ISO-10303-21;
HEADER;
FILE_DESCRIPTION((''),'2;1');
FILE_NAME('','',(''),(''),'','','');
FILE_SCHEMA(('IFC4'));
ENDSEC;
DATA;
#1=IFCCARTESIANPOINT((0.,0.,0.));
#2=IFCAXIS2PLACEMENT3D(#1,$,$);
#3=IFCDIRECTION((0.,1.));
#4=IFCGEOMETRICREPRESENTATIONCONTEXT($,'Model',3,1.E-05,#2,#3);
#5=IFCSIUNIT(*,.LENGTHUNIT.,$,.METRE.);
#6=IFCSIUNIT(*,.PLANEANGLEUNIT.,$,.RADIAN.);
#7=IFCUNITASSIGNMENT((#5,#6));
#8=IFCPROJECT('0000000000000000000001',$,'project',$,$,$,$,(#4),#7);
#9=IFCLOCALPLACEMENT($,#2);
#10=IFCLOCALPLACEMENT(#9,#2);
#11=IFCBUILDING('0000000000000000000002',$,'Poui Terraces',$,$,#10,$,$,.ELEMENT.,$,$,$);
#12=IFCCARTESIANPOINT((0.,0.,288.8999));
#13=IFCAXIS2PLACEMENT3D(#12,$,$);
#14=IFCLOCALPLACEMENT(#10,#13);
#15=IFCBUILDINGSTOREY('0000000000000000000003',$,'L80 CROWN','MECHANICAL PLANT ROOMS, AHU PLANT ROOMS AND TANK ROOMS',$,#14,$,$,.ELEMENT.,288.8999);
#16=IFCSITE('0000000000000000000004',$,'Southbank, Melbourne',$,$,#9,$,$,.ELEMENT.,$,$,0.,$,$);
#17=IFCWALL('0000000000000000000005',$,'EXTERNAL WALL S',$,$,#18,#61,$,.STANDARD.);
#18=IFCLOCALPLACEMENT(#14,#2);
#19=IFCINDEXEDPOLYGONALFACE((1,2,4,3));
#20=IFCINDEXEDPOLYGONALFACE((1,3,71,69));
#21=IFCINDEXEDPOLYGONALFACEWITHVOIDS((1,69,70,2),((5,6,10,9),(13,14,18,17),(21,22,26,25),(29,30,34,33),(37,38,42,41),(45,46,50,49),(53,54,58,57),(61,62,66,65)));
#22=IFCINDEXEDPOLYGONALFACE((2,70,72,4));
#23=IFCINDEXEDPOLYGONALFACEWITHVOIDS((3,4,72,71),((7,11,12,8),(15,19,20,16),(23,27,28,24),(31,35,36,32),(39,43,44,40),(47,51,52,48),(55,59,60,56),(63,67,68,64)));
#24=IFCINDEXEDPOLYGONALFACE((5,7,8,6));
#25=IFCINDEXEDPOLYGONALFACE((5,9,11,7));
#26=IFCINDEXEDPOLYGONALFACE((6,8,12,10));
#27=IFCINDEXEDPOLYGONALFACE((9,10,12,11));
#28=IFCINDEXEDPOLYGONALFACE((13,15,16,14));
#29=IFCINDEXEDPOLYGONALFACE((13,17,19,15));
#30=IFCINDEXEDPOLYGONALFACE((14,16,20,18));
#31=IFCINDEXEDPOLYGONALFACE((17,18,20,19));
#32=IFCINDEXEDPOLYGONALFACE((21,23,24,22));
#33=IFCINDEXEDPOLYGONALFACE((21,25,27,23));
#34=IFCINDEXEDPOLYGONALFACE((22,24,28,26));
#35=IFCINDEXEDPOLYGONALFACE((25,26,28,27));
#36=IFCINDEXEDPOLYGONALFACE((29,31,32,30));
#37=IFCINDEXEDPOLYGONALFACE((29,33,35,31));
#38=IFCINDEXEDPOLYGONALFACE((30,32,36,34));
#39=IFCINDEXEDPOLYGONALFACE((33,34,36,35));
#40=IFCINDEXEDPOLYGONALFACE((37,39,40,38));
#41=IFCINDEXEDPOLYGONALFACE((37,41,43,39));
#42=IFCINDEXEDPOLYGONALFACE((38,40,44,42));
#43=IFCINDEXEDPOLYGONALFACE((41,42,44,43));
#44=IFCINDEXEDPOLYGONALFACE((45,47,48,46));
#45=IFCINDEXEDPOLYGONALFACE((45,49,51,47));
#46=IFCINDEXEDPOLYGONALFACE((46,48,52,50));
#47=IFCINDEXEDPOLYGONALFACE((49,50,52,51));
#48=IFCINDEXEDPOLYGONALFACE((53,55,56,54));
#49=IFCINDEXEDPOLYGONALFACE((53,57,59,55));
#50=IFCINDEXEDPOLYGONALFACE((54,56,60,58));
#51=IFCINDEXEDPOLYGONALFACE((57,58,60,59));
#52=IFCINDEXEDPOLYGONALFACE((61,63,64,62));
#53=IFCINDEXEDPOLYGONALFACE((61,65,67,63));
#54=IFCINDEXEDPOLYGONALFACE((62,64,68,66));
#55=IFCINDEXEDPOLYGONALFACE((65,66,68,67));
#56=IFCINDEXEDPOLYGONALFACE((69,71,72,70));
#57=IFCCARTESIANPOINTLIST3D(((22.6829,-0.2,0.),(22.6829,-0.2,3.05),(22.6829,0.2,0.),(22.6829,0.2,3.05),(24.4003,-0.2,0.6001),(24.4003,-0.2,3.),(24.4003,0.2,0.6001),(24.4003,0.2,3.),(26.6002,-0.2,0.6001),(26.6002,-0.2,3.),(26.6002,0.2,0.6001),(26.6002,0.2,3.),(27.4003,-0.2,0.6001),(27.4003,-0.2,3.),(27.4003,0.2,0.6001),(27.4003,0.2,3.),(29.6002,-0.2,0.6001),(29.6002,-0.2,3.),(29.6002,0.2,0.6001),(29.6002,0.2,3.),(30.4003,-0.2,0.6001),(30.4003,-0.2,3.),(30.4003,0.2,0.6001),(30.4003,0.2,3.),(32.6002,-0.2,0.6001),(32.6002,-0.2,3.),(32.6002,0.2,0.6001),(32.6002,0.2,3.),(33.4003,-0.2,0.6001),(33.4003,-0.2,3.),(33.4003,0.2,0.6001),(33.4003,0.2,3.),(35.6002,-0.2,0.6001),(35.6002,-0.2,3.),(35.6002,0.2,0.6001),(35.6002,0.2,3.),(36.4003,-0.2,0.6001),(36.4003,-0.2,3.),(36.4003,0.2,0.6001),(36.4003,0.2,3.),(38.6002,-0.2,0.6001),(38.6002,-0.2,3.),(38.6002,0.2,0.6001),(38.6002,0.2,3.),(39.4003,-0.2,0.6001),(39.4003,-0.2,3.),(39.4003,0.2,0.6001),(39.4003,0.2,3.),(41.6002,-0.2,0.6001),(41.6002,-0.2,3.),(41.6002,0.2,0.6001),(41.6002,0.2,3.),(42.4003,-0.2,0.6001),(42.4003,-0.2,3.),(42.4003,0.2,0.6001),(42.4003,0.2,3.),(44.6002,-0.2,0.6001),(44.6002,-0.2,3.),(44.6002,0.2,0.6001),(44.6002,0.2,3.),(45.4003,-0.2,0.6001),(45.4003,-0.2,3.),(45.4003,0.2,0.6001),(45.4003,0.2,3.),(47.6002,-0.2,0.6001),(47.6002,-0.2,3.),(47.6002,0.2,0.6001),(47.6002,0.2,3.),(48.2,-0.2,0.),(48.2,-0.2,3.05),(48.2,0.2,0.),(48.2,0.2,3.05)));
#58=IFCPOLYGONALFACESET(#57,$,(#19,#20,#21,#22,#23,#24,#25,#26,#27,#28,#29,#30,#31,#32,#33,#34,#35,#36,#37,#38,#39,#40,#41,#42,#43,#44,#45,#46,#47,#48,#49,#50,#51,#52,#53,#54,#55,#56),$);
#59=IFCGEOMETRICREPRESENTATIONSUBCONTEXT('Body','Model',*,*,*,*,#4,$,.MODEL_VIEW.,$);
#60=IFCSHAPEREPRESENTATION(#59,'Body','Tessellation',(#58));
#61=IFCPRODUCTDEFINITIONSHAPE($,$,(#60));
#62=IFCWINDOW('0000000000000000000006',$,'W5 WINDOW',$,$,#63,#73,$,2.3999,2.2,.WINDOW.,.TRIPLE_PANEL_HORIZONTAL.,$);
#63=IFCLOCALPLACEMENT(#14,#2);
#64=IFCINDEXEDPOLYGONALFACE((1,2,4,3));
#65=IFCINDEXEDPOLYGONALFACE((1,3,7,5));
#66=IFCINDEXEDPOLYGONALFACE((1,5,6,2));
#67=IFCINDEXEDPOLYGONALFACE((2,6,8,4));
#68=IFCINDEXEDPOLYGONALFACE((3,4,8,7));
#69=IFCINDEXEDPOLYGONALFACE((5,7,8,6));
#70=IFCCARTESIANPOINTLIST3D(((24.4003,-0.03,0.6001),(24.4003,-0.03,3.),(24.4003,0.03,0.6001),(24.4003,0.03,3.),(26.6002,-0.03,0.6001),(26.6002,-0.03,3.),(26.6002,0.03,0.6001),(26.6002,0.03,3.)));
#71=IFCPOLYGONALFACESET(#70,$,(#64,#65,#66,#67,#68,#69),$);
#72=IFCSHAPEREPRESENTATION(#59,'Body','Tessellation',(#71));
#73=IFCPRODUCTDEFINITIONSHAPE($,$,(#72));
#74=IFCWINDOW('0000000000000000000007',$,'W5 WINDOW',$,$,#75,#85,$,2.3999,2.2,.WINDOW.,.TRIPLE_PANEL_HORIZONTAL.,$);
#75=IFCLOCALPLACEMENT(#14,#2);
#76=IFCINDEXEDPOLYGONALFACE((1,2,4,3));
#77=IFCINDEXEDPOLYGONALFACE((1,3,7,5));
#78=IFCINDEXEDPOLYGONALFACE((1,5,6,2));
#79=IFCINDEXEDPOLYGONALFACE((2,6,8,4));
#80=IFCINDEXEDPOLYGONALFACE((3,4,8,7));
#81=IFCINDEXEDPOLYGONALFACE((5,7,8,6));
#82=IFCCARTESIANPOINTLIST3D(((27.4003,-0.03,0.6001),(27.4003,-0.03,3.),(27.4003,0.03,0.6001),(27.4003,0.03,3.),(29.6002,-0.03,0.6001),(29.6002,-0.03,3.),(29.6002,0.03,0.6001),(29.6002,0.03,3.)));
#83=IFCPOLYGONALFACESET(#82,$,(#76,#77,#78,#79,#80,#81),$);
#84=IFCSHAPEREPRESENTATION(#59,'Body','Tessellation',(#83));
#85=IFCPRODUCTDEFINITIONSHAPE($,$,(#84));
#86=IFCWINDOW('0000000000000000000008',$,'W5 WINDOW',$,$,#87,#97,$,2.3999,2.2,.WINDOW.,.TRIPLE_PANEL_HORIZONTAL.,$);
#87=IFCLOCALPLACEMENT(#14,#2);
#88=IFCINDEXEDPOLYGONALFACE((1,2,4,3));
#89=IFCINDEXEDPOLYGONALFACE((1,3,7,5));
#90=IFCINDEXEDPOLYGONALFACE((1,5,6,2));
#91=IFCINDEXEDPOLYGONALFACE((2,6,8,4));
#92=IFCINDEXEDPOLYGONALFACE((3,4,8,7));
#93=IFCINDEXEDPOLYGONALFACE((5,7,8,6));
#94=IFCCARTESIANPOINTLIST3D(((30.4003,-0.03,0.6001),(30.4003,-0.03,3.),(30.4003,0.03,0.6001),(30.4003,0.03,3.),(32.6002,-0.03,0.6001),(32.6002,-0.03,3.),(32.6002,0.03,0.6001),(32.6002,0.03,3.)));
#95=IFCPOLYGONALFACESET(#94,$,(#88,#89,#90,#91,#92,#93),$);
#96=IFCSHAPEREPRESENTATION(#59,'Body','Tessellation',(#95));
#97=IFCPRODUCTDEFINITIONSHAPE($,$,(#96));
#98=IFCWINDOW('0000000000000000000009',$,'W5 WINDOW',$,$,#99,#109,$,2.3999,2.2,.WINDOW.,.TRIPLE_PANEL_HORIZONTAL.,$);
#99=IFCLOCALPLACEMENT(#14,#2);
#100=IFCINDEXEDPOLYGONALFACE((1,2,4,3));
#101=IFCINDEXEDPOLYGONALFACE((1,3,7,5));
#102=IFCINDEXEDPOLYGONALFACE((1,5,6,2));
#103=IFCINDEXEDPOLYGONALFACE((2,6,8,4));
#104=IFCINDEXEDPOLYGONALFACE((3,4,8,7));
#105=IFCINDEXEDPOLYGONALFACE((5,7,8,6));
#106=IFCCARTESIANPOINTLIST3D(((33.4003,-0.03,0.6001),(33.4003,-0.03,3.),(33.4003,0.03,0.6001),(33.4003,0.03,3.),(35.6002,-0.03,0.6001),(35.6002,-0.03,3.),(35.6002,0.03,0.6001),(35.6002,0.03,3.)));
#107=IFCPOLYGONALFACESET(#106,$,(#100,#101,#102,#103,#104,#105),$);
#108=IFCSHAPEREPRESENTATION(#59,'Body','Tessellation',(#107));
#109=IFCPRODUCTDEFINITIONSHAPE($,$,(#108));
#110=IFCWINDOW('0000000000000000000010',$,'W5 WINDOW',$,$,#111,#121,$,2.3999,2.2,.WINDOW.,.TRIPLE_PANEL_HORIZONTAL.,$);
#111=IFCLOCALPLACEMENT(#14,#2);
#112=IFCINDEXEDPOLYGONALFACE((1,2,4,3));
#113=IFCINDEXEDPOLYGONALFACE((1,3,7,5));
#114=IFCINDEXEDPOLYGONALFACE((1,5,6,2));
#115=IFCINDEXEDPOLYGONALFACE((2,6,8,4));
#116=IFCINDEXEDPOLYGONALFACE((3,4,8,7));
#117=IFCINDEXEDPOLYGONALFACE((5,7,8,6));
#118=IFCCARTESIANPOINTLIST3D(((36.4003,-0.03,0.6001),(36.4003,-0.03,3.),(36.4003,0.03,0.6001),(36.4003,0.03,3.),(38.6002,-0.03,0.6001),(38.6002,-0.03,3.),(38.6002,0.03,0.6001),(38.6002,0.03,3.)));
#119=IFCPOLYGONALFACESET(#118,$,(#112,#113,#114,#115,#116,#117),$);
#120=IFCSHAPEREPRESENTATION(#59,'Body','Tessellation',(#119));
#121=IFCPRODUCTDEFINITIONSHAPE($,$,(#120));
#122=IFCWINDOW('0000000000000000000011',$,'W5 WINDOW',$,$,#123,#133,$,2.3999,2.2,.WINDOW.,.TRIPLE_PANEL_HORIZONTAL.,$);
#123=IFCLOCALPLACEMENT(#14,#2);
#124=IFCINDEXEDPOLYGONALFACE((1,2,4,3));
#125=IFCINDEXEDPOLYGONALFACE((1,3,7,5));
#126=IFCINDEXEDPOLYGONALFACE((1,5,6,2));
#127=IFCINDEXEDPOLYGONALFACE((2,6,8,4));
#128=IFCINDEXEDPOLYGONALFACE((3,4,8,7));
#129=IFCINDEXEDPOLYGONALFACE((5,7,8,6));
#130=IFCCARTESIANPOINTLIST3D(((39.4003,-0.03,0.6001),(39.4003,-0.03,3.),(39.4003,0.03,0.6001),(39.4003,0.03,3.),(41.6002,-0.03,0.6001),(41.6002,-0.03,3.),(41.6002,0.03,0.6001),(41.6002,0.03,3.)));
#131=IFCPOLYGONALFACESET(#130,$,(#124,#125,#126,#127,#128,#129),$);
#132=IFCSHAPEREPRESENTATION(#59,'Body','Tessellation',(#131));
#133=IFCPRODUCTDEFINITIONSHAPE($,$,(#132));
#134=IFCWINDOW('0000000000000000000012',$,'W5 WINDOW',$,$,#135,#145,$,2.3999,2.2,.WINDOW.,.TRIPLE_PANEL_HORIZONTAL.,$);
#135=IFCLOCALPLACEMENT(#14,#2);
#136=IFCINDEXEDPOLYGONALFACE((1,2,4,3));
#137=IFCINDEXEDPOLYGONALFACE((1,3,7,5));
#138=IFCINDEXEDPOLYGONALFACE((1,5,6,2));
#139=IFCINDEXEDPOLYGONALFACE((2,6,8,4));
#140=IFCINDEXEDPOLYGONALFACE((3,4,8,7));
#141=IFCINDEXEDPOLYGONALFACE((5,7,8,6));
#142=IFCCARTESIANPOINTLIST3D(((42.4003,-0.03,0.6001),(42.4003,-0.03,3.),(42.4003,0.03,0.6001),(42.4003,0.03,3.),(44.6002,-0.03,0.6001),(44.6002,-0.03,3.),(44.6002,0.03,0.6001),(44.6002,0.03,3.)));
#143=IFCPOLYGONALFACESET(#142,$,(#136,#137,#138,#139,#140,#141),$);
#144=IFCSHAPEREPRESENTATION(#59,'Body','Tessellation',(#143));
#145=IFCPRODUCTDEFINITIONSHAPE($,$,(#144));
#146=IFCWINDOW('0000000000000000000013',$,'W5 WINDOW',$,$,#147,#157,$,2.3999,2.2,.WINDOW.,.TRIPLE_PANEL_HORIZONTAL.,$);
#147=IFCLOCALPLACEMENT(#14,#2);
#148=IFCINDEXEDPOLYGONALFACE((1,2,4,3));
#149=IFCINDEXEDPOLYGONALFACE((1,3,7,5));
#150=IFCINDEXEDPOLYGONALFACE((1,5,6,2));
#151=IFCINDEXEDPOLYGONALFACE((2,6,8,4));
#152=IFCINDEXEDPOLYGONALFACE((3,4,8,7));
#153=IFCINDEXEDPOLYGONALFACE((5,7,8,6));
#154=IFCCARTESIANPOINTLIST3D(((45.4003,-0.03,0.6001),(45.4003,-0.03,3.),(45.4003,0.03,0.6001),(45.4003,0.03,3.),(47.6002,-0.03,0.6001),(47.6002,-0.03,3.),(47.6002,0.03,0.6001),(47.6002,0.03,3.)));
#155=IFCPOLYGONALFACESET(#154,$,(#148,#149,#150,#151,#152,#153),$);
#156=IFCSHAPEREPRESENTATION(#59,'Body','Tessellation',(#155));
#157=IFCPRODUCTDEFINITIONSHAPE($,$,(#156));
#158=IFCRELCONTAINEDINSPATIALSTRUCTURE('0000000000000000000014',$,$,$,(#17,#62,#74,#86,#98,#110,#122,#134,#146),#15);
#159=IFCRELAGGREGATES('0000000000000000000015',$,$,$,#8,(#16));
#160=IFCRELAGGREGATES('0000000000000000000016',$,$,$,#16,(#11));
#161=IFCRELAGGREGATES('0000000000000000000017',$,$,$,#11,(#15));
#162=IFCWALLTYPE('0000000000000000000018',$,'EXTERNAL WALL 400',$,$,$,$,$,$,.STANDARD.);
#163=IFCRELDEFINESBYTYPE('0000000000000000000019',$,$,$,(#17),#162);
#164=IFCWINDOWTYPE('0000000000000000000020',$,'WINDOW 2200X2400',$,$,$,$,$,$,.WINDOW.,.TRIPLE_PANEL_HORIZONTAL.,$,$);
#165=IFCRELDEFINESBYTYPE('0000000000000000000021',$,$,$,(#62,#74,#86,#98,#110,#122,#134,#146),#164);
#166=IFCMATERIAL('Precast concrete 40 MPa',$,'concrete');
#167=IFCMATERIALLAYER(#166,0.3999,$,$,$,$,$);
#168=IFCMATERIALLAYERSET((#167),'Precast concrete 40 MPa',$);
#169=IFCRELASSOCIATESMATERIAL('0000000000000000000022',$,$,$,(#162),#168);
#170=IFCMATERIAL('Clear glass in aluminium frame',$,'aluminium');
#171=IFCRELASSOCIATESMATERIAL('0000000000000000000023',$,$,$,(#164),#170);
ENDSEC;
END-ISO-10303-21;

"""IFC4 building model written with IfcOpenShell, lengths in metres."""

from ifc_helpers import new_model, si_unit, direction, frame, frame_2d, origin, place, context, subcontext, project, spatial, rectangle, extrude, material, layer, layer_set, type_object, element, fill, save


model = new_model("IFC4")

# Units and contexts
model_context = context("Model", 3, precision=1e-05, world=origin(), true_north=direction((0.0, 1.0)))
body_context = subcontext(model_context, "Body", "Model", "MODEL_VIEW")
ifc_project = project(units=[si_unit("LENGTHUNIT", "METRE"), si_unit("PLANEANGLEUNIT", "RADIAN")], contexts=[model_context])

# Site, building, storey
site_placement = place(None, origin())
site = spatial("IfcSite", under=ifc_project, at=site_placement, Name="Southbank, Melbourne", CompositionType="ELEMENT", RefElevation=0.0)
building_placement = place(site_placement, origin())
building = spatial("IfcBuilding", under=site, at=building_placement, Name="Poui Terraces", CompositionType="ELEMENT")
storey_placement = place(building_placement, frame((0.0, 0.0, 288.8999)))
storey = spatial("IfcBuildingStorey", under=building, at=storey_placement, Name="L80 CROWN", Description="MECHANICAL PLANT ROOMS, AHU PLANT ROOMS AND TANK ROOMS", CompositionType="ELEMENT", Elevation=288.8999)

# Wall, openings, windows
ifc_material_1 = material(Name="Precast concrete 40 MPa", Category="concrete")
ifc_layer_1 = layer(ifc_material_1, 0.3999)
ifc_layer_set_1 = layer_set([ifc_layer_1], Name="Precast concrete 40 MPa")
wall_type_1 = type_object("IfcWallType", Name="EXTERNAL WALL 400", PredefinedType="STANDARD", material=ifc_layer_set_1)
wall_1_placement = place(storey_placement, frame((22.6829, 0.0, 0.0), z_axis=(0.0, 0.0, 1.0), x_axis=(1.0, 0.0, 0.0)))
wall_1 = element("IfcWall", 1, at=wall_1_placement, inside=storey, type_object=wall_type_1, Name="EXTERNAL WALL S", PredefinedType="STANDARD", context=body_context, shape_type="SweptSolid", body=[
    extrude(rectangle(XDim=25.5171, YDim=0.3999, at=frame_2d((12.7585, 0.0))), origin(), (0.0, 0.0, 1.0), 3.05),
])
opening_1_placement = place(wall_1_placement, frame((1.7173, 0.0, 0.6001)))
opening_1 = element("IfcOpeningElement", 2, at=opening_1_placement, cuts=wall_1, PredefinedType="OPENING", context=body_context, shape_type="SweptSolid", body=[
    extrude(rectangle(XDim=2.2, YDim=2.3999, at=frame_2d((1.1001, 1.2))), frame((0.0, 0.21, 0.0), z_axis=(0.0, -1.0, 0.0), x_axis=(1.0, 0.0, 0.0)), (0.0, 0.0, 1.0), 0.4199),
])
opening_2_placement = place(wall_1_placement, frame((4.7173, 0.0, 0.6001)))
opening_2 = element("IfcOpeningElement", 3, at=opening_2_placement, cuts=wall_1, PredefinedType="OPENING", context=body_context, shape_type="SweptSolid", body=[
    extrude(rectangle(XDim=2.2, YDim=2.3999, at=frame_2d((1.1001, 1.2))), frame((0.0, 0.21, 0.0), z_axis=(0.0, -1.0, 0.0), x_axis=(1.0, 0.0, 0.0)), (0.0, 0.0, 1.0), 0.4199),
])
opening_3_placement = place(wall_1_placement, frame((7.7173, 0.0, 0.6001)))
opening_3 = element("IfcOpeningElement", 4, at=opening_3_placement, cuts=wall_1, PredefinedType="OPENING", context=body_context, shape_type="SweptSolid", body=[
    extrude(rectangle(XDim=2.2, YDim=2.3999, at=frame_2d((1.1001, 1.2))), frame((0.0, 0.21, 0.0), z_axis=(0.0, -1.0, 0.0), x_axis=(1.0, 0.0, 0.0)), (0.0, 0.0, 1.0), 0.4199),
])
opening_4_placement = place(wall_1_placement, frame((10.7173, 0.0, 0.6001)))
opening_4 = element("IfcOpeningElement", 5, at=opening_4_placement, cuts=wall_1, PredefinedType="OPENING", context=body_context, shape_type="SweptSolid", body=[
    extrude(rectangle(XDim=2.2, YDim=2.3999, at=frame_2d((1.1001, 1.2))), frame((0.0, 0.21, 0.0), z_axis=(0.0, -1.0, 0.0), x_axis=(1.0, 0.0, 0.0)), (0.0, 0.0, 1.0), 0.4199),
])
opening_5_placement = place(wall_1_placement, frame((13.7173, 0.0, 0.6001)))
opening_5 = element("IfcOpeningElement", 6, at=opening_5_placement, cuts=wall_1, PredefinedType="OPENING", context=body_context, shape_type="SweptSolid", body=[
    extrude(rectangle(XDim=2.2, YDim=2.3999, at=frame_2d((1.1001, 1.2))), frame((0.0, 0.21, 0.0), z_axis=(0.0, -1.0, 0.0), x_axis=(1.0, 0.0, 0.0)), (0.0, 0.0, 1.0), 0.4199),
])
opening_6_placement = place(wall_1_placement, frame((16.7173, 0.0, 0.6001)))
opening_6 = element("IfcOpeningElement", 7, at=opening_6_placement, cuts=wall_1, PredefinedType="OPENING", context=body_context, shape_type="SweptSolid", body=[
    extrude(rectangle(XDim=2.2, YDim=2.3999, at=frame_2d((1.1001, 1.2))), frame((0.0, 0.21, 0.0), z_axis=(0.0, -1.0, 0.0), x_axis=(1.0, 0.0, 0.0)), (0.0, 0.0, 1.0), 0.4199),
])
opening_7_placement = place(wall_1_placement, frame((19.7173, 0.0, 0.6001)))
opening_7 = element("IfcOpeningElement", 8, at=opening_7_placement, cuts=wall_1, PredefinedType="OPENING", context=body_context, shape_type="SweptSolid", body=[
    extrude(rectangle(XDim=2.2, YDim=2.3999, at=frame_2d((1.1001, 1.2))), frame((0.0, 0.21, 0.0), z_axis=(0.0, -1.0, 0.0), x_axis=(1.0, 0.0, 0.0)), (0.0, 0.0, 1.0), 0.4199),
])
opening_8_placement = place(wall_1_placement, frame((22.7173, 0.0, 0.6001)))
opening_8 = element("IfcOpeningElement", 9, at=opening_8_placement, cuts=wall_1, PredefinedType="OPENING", context=body_context, shape_type="SweptSolid", body=[
    extrude(rectangle(XDim=2.2, YDim=2.3999, at=frame_2d((1.1001, 1.2))), frame((0.0, 0.21, 0.0), z_axis=(0.0, -1.0, 0.0), x_axis=(1.0, 0.0, 0.0)), (0.0, 0.0, 1.0), 0.4199),
])
ifc_material_2 = material(Name="Clear glass in aluminium frame", Category="aluminium")
window_type = type_object("IfcWindowType", Name="WINDOW 2200X2400", PartitioningType="TRIPLE_PANEL_HORIZONTAL", PredefinedType="WINDOW", material=ifc_material_2)
window_1_placement = place(opening_1_placement, origin())
window_1 = element("IfcWindow", 10, at=window_1_placement, inside=storey, type_object=window_type, Name="W5 WINDOW", OverallHeight=2.3999, OverallWidth=2.2, PartitioningType="TRIPLE_PANEL_HORIZONTAL", PredefinedType="WINDOW", context=body_context, shape_type="SweptSolid", body=[
    extrude(rectangle(XDim=2.2, YDim=2.3999, at=frame_2d((1.1001, 1.2))), frame((0.0, 0.03, 0.0), z_axis=(0.0, -1.0, 0.0), x_axis=(1.0, 0.0, 0.0)), (0.0, 0.0, 1.0), 0.0601),
])
fill(opening_1, window_1)
window_2_placement = place(opening_2_placement, origin())
window_2 = element("IfcWindow", 11, at=window_2_placement, inside=storey, type_object=window_type, Name="W5 WINDOW", OverallHeight=2.3999, OverallWidth=2.2, PartitioningType="TRIPLE_PANEL_HORIZONTAL", PredefinedType="WINDOW", context=body_context, shape_type="SweptSolid", body=[
    extrude(rectangle(XDim=2.2, YDim=2.3999, at=frame_2d((1.1001, 1.2))), frame((0.0, 0.03, 0.0), z_axis=(0.0, -1.0, 0.0), x_axis=(1.0, 0.0, 0.0)), (0.0, 0.0, 1.0), 0.0601),
])
fill(opening_2, window_2)
window_3_placement = place(opening_3_placement, origin())
window_3 = element("IfcWindow", 12, at=window_3_placement, inside=storey, type_object=window_type, Name="W5 WINDOW", OverallHeight=2.3999, OverallWidth=2.2, PartitioningType="TRIPLE_PANEL_HORIZONTAL", PredefinedType="WINDOW", context=body_context, shape_type="SweptSolid", body=[
    extrude(rectangle(XDim=2.2, YDim=2.3999, at=frame_2d((1.1001, 1.2))), frame((0.0, 0.03, 0.0), z_axis=(0.0, -1.0, 0.0), x_axis=(1.0, 0.0, 0.0)), (0.0, 0.0, 1.0), 0.0601),
])
fill(opening_3, window_3)
window_4_placement = place(opening_4_placement, origin())
window_4 = element("IfcWindow", 13, at=window_4_placement, inside=storey, type_object=window_type, Name="W5 WINDOW", OverallHeight=2.3999, OverallWidth=2.2, PartitioningType="TRIPLE_PANEL_HORIZONTAL", PredefinedType="WINDOW", context=body_context, shape_type="SweptSolid", body=[
    extrude(rectangle(XDim=2.2, YDim=2.3999, at=frame_2d((1.1001, 1.2))), frame((0.0, 0.03, 0.0), z_axis=(0.0, -1.0, 0.0), x_axis=(1.0, 0.0, 0.0)), (0.0, 0.0, 1.0), 0.0601),
])
fill(opening_4, window_4)
window_5_placement = place(opening_5_placement, origin())
window_5 = element("IfcWindow", 14, at=window_5_placement, inside=storey, type_object=window_type, Name="W5 WINDOW", OverallHeight=2.3999, OverallWidth=2.2, PartitioningType="TRIPLE_PANEL_HORIZONTAL", PredefinedType="WINDOW", context=body_context, shape_type="SweptSolid", body=[
    extrude(rectangle(XDim=2.2, YDim=2.3999, at=frame_2d((1.1001, 1.2))), frame((0.0, 0.03, 0.0), z_axis=(0.0, -1.0, 0.0), x_axis=(1.0, 0.0, 0.0)), (0.0, 0.0, 1.0), 0.0601),
])
fill(opening_5, window_5)
window_6_placement = place(opening_6_placement, origin())
window_6 = element("IfcWindow", 15, at=window_6_placement, inside=storey, type_object=window_type, Name="W5 WINDOW", OverallHeight=2.3999, OverallWidth=2.2, PartitioningType="TRIPLE_PANEL_HORIZONTAL", PredefinedType="WINDOW", context=body_context, shape_type="SweptSolid", body=[
    extrude(rectangle(XDim=2.2, YDim=2.3999, at=frame_2d((1.1001, 1.2))), frame((0.0, 0.03, 0.0), z_axis=(0.0, -1.0, 0.0), x_axis=(1.0, 0.0, 0.0)), (0.0, 0.0, 1.0), 0.0601),
])
fill(opening_6, window_6)
window_7_placement = place(opening_7_placement, origin())
window_7 = element("IfcWindow", 16, at=window_7_placement, inside=storey, type_object=window_type, Name="W5 WINDOW", OverallHeight=2.3999, OverallWidth=2.2, PartitioningType="TRIPLE_PANEL_HORIZONTAL", PredefinedType="WINDOW", context=body_context, shape_type="SweptSolid", body=[
    extrude(rectangle(XDim=2.2, YDim=2.3999, at=frame_2d((1.1001, 1.2))), frame((0.0, 0.03, 0.0), z_axis=(0.0, -1.0, 0.0), x_axis=(1.0, 0.0, 0.0)), (0.0, 0.0, 1.0), 0.0601),
])
fill(opening_7, window_7)
window_8_placement = place(opening_8_placement, origin())
window_8 = element("IfcWindow", 17, at=window_8_placement, inside=storey, type_object=window_type, Name="W5 WINDOW", OverallHeight=2.3999, OverallWidth=2.2, PartitioningType="TRIPLE_PANEL_HORIZONTAL", PredefinedType="WINDOW", context=body_context, shape_type="SweptSolid", body=[
    extrude(rectangle(XDim=2.2, YDim=2.3999, at=frame_2d((1.1001, 1.2))), frame((0.0, 0.03, 0.0), z_axis=(0.0, -1.0, 0.0), x_axis=(1.0, 0.0, 0.0)), (0.0, 0.0, 1.0), 0.0601),
])
fill(opening_8, window_8)

save(model, "model.ifc")
